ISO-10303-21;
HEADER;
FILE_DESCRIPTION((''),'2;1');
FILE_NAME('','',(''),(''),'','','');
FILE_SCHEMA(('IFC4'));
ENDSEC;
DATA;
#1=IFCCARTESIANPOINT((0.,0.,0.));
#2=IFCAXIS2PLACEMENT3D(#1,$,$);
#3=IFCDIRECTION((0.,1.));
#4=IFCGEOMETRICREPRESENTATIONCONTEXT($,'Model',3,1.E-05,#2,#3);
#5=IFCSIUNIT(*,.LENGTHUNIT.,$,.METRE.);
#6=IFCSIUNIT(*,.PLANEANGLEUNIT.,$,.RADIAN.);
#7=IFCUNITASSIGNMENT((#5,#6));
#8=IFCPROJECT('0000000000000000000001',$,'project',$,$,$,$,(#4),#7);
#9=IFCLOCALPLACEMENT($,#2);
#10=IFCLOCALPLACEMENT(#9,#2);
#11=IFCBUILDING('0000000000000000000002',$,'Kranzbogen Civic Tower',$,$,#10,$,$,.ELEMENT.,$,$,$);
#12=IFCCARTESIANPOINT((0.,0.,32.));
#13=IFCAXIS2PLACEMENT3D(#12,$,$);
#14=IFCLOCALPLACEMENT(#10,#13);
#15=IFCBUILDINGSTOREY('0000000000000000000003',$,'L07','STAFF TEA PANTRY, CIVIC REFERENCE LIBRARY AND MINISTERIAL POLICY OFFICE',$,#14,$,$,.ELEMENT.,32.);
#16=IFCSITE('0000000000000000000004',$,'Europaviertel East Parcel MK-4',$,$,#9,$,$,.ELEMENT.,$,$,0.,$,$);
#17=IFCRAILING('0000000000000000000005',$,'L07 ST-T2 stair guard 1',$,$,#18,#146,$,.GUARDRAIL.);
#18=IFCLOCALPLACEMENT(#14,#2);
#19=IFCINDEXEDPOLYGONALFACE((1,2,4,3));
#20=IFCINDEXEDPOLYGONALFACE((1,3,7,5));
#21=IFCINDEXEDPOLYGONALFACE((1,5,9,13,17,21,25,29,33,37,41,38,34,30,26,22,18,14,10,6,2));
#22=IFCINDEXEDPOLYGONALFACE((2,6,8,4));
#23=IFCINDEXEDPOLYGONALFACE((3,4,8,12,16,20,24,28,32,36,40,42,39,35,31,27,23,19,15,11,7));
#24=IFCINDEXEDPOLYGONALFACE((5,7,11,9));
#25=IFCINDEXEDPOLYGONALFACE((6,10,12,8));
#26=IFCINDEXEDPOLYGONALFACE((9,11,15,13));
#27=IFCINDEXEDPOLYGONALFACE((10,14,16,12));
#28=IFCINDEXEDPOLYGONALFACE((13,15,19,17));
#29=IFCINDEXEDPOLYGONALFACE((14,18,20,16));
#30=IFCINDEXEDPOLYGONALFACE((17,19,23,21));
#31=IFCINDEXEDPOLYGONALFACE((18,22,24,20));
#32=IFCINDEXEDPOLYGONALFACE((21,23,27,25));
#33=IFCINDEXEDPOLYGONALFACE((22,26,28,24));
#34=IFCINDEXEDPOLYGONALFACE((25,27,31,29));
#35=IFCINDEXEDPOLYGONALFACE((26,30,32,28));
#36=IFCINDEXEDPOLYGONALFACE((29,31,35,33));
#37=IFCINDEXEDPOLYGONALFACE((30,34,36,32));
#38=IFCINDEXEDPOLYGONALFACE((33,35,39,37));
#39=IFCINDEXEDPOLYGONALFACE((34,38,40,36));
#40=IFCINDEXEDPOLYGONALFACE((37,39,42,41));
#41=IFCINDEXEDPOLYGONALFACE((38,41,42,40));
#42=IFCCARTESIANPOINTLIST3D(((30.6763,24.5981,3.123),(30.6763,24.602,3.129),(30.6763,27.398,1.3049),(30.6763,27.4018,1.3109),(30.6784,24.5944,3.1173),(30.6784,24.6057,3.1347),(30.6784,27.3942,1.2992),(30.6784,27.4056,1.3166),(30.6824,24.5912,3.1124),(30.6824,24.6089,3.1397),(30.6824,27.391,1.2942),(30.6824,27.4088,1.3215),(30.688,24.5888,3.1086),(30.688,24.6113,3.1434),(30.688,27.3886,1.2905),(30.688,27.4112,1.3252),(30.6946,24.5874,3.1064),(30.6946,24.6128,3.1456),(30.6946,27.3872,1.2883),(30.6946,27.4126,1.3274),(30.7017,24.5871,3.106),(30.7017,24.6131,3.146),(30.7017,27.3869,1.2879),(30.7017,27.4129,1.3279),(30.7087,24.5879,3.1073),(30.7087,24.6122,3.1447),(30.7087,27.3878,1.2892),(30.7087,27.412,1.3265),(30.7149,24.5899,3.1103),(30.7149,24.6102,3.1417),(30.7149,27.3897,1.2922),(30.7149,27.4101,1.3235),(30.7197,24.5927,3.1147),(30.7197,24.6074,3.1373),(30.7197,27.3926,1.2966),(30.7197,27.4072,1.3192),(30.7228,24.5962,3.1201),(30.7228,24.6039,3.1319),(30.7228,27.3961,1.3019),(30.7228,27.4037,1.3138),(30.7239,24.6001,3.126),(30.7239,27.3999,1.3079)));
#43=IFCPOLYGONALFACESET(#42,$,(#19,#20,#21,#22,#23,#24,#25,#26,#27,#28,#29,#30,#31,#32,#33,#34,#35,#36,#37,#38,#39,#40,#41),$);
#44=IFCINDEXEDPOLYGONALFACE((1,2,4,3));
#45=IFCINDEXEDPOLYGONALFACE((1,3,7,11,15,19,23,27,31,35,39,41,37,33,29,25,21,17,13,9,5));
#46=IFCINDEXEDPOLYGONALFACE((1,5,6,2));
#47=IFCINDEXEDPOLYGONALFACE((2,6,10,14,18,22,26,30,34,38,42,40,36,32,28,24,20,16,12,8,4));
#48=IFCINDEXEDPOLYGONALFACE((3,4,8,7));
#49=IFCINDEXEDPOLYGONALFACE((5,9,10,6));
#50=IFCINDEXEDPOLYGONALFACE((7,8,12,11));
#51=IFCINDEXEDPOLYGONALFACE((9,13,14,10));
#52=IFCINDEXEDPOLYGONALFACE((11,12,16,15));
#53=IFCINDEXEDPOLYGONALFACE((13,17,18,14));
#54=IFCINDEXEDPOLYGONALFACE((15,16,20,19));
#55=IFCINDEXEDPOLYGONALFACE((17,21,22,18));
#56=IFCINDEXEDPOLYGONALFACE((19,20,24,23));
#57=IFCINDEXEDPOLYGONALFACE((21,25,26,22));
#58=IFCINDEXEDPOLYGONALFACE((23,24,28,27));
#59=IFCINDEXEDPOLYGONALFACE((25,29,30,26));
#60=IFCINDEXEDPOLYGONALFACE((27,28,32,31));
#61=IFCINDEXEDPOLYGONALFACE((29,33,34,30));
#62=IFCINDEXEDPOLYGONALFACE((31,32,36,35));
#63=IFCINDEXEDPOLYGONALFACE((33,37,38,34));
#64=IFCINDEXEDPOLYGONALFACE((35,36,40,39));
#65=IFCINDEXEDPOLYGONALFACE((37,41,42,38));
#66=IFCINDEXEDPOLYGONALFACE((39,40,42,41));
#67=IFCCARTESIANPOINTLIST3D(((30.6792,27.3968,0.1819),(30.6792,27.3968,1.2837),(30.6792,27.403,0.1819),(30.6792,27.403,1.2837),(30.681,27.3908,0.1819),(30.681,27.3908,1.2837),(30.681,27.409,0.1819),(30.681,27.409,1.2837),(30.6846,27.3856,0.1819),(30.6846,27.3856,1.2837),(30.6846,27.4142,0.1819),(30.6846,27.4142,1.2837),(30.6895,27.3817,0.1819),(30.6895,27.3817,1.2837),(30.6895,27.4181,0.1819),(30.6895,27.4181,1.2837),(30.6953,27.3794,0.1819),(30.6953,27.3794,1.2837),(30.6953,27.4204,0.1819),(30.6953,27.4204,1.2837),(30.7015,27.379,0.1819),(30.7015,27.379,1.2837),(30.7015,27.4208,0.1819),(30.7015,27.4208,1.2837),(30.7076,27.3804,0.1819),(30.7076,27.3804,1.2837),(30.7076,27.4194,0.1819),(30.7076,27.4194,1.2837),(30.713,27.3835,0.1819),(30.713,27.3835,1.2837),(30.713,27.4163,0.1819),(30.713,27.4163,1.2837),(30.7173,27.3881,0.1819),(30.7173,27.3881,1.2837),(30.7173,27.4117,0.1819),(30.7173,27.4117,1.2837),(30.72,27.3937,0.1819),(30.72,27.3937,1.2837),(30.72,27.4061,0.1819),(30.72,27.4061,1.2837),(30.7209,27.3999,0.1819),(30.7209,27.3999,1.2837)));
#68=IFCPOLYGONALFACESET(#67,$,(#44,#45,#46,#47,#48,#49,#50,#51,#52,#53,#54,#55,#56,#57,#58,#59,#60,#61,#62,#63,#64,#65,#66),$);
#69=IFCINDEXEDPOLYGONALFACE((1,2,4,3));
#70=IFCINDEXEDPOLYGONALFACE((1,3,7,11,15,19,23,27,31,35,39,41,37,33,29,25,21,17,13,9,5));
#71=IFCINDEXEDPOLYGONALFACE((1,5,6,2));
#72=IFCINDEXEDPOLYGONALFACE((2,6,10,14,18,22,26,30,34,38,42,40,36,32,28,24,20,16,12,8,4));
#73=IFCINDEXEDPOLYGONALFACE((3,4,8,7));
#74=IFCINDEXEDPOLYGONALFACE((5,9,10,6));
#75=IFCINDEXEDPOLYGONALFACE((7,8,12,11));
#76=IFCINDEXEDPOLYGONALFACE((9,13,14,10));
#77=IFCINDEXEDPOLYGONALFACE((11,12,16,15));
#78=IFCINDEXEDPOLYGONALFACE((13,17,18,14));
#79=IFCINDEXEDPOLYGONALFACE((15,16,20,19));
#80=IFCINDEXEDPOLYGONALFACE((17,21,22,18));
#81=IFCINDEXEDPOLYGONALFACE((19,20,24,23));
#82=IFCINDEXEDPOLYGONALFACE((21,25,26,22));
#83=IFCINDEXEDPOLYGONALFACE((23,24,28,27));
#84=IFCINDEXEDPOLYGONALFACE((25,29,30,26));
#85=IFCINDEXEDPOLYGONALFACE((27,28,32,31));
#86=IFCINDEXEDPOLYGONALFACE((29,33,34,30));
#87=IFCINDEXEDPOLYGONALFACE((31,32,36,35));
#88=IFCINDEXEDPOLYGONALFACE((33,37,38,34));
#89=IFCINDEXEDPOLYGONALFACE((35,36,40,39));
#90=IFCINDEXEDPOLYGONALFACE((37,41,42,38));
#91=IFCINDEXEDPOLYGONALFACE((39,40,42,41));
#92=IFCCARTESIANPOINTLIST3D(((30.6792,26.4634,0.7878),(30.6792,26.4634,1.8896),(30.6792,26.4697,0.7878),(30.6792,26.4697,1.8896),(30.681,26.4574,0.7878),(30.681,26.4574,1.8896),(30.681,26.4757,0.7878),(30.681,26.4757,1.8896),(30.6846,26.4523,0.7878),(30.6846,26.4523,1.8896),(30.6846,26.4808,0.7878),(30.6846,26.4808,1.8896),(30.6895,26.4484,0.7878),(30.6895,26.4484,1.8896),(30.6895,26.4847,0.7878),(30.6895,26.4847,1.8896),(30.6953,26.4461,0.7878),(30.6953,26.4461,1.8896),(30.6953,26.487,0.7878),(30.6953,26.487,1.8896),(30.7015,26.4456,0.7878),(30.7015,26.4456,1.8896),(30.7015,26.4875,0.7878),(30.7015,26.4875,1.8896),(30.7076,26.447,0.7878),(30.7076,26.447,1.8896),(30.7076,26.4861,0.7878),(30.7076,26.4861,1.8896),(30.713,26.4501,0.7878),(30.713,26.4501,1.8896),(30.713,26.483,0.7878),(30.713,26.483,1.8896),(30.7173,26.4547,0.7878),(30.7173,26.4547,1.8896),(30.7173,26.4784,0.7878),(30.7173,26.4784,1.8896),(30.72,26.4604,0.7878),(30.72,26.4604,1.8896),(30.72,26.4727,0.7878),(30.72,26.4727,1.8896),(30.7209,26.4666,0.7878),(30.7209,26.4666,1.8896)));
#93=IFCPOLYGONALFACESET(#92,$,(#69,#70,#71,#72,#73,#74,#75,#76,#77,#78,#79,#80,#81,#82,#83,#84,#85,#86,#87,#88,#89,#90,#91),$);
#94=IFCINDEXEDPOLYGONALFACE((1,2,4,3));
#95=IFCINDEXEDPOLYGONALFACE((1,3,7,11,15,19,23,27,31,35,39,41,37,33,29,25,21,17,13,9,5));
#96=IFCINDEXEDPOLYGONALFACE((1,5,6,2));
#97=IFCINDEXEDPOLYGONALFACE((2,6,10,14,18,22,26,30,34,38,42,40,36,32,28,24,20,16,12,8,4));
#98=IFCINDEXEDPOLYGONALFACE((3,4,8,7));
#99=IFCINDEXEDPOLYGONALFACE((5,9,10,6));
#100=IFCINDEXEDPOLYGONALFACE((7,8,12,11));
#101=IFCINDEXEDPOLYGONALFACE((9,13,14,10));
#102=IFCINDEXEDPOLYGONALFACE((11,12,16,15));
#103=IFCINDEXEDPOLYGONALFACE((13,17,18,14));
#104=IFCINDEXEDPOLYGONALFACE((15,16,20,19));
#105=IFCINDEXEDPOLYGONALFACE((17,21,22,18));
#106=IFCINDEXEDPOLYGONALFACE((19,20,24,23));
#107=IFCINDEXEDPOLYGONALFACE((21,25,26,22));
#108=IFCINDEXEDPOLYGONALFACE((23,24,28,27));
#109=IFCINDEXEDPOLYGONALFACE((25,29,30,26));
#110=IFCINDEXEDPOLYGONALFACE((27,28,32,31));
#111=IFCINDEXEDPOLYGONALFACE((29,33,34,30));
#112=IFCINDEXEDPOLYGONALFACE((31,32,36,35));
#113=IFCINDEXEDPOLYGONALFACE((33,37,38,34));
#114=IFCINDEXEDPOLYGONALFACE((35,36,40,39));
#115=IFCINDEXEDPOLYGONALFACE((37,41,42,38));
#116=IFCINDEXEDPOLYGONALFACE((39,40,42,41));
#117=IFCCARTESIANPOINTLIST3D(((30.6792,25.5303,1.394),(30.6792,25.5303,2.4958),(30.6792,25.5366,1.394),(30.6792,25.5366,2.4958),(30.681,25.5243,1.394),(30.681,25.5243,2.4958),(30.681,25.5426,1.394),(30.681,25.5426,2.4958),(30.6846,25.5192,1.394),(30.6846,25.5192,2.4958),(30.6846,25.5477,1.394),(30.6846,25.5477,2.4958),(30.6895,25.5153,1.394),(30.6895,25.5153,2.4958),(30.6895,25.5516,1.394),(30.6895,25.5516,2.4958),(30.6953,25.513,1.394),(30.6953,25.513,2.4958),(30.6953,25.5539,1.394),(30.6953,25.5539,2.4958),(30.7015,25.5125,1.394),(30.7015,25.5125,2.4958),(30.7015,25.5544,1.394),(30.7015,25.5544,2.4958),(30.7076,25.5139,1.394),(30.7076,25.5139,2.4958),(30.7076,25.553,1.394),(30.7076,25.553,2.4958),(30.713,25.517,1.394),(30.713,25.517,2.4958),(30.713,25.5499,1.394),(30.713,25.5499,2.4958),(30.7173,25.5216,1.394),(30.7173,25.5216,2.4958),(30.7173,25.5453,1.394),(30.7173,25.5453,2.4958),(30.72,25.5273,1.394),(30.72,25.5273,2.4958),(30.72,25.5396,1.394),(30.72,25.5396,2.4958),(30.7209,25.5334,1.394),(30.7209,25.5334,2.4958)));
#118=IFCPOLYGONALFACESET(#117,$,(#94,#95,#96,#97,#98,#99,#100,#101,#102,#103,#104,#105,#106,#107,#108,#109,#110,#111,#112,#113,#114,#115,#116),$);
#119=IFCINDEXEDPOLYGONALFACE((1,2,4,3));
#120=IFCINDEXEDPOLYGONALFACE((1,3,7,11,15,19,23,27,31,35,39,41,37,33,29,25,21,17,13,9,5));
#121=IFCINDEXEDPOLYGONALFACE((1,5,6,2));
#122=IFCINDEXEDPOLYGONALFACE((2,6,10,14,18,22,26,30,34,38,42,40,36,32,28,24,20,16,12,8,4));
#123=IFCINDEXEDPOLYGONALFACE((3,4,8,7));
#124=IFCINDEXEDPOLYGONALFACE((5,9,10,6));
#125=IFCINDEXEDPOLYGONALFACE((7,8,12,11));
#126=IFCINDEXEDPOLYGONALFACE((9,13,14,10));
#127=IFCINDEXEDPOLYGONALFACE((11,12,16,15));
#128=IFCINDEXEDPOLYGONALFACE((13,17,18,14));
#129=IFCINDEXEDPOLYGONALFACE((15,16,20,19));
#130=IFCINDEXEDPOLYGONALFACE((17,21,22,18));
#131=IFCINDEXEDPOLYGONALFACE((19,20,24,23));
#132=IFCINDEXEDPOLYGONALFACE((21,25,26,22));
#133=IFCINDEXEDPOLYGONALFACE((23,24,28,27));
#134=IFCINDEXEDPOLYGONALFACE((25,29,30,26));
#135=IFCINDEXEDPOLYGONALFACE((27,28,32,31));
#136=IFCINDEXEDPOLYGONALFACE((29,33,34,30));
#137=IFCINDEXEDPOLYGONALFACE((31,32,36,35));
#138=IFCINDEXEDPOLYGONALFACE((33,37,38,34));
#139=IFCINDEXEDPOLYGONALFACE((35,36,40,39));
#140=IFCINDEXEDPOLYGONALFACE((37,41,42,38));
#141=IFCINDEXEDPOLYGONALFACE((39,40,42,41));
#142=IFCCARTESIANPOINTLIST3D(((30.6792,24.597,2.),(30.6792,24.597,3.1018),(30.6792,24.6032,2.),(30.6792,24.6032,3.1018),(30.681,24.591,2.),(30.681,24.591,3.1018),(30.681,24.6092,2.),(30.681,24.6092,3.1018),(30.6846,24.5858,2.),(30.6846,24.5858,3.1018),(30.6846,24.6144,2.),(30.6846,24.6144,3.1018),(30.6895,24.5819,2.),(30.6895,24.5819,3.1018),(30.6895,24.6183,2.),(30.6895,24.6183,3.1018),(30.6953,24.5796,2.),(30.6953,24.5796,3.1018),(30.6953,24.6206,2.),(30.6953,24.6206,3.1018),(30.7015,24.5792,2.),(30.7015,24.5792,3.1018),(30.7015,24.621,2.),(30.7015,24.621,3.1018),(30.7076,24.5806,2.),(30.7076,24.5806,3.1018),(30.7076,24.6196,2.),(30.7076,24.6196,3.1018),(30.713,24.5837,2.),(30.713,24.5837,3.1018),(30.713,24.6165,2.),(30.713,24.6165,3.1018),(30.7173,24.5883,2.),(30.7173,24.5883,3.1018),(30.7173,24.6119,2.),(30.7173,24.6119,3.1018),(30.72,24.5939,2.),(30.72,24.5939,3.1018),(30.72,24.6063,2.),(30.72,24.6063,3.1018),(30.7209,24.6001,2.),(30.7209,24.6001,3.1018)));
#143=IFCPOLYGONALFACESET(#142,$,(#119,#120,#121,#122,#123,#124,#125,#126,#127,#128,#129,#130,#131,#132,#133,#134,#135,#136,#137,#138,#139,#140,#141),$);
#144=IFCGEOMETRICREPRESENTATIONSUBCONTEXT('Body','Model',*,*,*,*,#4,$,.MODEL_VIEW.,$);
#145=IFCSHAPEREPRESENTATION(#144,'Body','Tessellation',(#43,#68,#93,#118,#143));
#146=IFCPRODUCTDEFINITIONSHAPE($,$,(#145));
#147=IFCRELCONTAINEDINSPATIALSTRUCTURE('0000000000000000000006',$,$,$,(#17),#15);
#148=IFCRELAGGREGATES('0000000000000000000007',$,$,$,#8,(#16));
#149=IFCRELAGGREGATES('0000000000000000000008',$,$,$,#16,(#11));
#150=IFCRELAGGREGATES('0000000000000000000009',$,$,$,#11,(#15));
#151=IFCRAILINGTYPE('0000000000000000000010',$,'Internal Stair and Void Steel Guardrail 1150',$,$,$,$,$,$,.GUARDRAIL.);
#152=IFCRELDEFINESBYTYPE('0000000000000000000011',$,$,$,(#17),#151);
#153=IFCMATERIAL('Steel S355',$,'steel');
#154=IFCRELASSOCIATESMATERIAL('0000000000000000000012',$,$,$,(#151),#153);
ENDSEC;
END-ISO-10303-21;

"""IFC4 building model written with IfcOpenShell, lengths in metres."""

from ifc_helpers import new_model, si_unit, direction, frame, origin, origin_2d, place, context, subcontext, project, spatial, circle, extrude, material, type_object, element, save


model = new_model("IFC4")

# Units and contexts
model_context = context("Model", 3, precision=1e-05, world=origin(), true_north=direction((0.0, 1.0)))
body_context = subcontext(model_context, "Body", "Model", "MODEL_VIEW")
ifc_project = project(units=[si_unit("LENGTHUNIT", "METRE"), si_unit("PLANEANGLEUNIT", "RADIAN")], contexts=[model_context])

# Site, building, storey
site_placement = place(None, origin())
site = spatial("IfcSite", under=ifc_project, at=site_placement, Name="Europaviertel East Parcel MK-4", CompositionType="ELEMENT", RefElevation=0.0)
building_placement = place(site_placement, origin())
building = spatial("IfcBuilding", under=site, at=building_placement, Name="Kranzbogen Civic Tower", CompositionType="ELEMENT")
storey_placement = place(building_placement, frame((0.0, 0.0, 32.0)))
storey = spatial("IfcBuildingStorey", under=building, at=storey_placement, Name="L07", Description="STAFF TEA PANTRY, CIVIC REFERENCE LIBRARY AND MINISTERIAL POLICY OFFICE", CompositionType="ELEMENT", Elevation=32.0)

# Shared definitions
ifc_material_1 = material(Name="Steel S355", Category="steel")

# Railing
railing_type_1 = type_object("IfcRailingType", Name="Internal Stair and Void Steel Guardrail 1150", PredefinedType="GUARDRAIL", material=ifc_material_1)
railing_1_placement = place(storey_placement, frame((30.7, 27.3999, 0.1819)))
element("IfcRailing", 1, at=railing_1_placement, inside=storey, type_object=railing_type_1, Name="L07 ST-T2 stair guard 1", PredefinedType="GUARDRAIL", context=body_context, shape_type="SweptSolid", body=[
    extrude(circle(Radius=0.0239, at=origin_2d()), frame((0.0, 0.0, 1.126), z_axis=(0.0, -0.838684, 0.544618), x_axis=(1.0, 0.0, 0.0)), (0.0, 0.0, 1.0), 3.3384),
    extrude(circle(Radius=0.021, at=origin_2d()), origin(), (0.0, 0.0, 1.0), 1.1018),
    extrude(circle(Radius=0.021, at=origin_2d()), frame((0.0, -0.9333, 0.606)), (0.0, 0.0, 1.0), 1.1018),
    extrude(circle(Radius=0.021, at=origin_2d()), frame((0.0, -1.8665, 1.2122)), (0.0, 0.0, 1.0), 1.1018),
    extrude(circle(Radius=0.021, at=origin_2d()), frame((0.0, -2.7998, 1.8181)), (0.0, 0.0, 1.0), 1.1018),
])

save(model, "model.ifc")
